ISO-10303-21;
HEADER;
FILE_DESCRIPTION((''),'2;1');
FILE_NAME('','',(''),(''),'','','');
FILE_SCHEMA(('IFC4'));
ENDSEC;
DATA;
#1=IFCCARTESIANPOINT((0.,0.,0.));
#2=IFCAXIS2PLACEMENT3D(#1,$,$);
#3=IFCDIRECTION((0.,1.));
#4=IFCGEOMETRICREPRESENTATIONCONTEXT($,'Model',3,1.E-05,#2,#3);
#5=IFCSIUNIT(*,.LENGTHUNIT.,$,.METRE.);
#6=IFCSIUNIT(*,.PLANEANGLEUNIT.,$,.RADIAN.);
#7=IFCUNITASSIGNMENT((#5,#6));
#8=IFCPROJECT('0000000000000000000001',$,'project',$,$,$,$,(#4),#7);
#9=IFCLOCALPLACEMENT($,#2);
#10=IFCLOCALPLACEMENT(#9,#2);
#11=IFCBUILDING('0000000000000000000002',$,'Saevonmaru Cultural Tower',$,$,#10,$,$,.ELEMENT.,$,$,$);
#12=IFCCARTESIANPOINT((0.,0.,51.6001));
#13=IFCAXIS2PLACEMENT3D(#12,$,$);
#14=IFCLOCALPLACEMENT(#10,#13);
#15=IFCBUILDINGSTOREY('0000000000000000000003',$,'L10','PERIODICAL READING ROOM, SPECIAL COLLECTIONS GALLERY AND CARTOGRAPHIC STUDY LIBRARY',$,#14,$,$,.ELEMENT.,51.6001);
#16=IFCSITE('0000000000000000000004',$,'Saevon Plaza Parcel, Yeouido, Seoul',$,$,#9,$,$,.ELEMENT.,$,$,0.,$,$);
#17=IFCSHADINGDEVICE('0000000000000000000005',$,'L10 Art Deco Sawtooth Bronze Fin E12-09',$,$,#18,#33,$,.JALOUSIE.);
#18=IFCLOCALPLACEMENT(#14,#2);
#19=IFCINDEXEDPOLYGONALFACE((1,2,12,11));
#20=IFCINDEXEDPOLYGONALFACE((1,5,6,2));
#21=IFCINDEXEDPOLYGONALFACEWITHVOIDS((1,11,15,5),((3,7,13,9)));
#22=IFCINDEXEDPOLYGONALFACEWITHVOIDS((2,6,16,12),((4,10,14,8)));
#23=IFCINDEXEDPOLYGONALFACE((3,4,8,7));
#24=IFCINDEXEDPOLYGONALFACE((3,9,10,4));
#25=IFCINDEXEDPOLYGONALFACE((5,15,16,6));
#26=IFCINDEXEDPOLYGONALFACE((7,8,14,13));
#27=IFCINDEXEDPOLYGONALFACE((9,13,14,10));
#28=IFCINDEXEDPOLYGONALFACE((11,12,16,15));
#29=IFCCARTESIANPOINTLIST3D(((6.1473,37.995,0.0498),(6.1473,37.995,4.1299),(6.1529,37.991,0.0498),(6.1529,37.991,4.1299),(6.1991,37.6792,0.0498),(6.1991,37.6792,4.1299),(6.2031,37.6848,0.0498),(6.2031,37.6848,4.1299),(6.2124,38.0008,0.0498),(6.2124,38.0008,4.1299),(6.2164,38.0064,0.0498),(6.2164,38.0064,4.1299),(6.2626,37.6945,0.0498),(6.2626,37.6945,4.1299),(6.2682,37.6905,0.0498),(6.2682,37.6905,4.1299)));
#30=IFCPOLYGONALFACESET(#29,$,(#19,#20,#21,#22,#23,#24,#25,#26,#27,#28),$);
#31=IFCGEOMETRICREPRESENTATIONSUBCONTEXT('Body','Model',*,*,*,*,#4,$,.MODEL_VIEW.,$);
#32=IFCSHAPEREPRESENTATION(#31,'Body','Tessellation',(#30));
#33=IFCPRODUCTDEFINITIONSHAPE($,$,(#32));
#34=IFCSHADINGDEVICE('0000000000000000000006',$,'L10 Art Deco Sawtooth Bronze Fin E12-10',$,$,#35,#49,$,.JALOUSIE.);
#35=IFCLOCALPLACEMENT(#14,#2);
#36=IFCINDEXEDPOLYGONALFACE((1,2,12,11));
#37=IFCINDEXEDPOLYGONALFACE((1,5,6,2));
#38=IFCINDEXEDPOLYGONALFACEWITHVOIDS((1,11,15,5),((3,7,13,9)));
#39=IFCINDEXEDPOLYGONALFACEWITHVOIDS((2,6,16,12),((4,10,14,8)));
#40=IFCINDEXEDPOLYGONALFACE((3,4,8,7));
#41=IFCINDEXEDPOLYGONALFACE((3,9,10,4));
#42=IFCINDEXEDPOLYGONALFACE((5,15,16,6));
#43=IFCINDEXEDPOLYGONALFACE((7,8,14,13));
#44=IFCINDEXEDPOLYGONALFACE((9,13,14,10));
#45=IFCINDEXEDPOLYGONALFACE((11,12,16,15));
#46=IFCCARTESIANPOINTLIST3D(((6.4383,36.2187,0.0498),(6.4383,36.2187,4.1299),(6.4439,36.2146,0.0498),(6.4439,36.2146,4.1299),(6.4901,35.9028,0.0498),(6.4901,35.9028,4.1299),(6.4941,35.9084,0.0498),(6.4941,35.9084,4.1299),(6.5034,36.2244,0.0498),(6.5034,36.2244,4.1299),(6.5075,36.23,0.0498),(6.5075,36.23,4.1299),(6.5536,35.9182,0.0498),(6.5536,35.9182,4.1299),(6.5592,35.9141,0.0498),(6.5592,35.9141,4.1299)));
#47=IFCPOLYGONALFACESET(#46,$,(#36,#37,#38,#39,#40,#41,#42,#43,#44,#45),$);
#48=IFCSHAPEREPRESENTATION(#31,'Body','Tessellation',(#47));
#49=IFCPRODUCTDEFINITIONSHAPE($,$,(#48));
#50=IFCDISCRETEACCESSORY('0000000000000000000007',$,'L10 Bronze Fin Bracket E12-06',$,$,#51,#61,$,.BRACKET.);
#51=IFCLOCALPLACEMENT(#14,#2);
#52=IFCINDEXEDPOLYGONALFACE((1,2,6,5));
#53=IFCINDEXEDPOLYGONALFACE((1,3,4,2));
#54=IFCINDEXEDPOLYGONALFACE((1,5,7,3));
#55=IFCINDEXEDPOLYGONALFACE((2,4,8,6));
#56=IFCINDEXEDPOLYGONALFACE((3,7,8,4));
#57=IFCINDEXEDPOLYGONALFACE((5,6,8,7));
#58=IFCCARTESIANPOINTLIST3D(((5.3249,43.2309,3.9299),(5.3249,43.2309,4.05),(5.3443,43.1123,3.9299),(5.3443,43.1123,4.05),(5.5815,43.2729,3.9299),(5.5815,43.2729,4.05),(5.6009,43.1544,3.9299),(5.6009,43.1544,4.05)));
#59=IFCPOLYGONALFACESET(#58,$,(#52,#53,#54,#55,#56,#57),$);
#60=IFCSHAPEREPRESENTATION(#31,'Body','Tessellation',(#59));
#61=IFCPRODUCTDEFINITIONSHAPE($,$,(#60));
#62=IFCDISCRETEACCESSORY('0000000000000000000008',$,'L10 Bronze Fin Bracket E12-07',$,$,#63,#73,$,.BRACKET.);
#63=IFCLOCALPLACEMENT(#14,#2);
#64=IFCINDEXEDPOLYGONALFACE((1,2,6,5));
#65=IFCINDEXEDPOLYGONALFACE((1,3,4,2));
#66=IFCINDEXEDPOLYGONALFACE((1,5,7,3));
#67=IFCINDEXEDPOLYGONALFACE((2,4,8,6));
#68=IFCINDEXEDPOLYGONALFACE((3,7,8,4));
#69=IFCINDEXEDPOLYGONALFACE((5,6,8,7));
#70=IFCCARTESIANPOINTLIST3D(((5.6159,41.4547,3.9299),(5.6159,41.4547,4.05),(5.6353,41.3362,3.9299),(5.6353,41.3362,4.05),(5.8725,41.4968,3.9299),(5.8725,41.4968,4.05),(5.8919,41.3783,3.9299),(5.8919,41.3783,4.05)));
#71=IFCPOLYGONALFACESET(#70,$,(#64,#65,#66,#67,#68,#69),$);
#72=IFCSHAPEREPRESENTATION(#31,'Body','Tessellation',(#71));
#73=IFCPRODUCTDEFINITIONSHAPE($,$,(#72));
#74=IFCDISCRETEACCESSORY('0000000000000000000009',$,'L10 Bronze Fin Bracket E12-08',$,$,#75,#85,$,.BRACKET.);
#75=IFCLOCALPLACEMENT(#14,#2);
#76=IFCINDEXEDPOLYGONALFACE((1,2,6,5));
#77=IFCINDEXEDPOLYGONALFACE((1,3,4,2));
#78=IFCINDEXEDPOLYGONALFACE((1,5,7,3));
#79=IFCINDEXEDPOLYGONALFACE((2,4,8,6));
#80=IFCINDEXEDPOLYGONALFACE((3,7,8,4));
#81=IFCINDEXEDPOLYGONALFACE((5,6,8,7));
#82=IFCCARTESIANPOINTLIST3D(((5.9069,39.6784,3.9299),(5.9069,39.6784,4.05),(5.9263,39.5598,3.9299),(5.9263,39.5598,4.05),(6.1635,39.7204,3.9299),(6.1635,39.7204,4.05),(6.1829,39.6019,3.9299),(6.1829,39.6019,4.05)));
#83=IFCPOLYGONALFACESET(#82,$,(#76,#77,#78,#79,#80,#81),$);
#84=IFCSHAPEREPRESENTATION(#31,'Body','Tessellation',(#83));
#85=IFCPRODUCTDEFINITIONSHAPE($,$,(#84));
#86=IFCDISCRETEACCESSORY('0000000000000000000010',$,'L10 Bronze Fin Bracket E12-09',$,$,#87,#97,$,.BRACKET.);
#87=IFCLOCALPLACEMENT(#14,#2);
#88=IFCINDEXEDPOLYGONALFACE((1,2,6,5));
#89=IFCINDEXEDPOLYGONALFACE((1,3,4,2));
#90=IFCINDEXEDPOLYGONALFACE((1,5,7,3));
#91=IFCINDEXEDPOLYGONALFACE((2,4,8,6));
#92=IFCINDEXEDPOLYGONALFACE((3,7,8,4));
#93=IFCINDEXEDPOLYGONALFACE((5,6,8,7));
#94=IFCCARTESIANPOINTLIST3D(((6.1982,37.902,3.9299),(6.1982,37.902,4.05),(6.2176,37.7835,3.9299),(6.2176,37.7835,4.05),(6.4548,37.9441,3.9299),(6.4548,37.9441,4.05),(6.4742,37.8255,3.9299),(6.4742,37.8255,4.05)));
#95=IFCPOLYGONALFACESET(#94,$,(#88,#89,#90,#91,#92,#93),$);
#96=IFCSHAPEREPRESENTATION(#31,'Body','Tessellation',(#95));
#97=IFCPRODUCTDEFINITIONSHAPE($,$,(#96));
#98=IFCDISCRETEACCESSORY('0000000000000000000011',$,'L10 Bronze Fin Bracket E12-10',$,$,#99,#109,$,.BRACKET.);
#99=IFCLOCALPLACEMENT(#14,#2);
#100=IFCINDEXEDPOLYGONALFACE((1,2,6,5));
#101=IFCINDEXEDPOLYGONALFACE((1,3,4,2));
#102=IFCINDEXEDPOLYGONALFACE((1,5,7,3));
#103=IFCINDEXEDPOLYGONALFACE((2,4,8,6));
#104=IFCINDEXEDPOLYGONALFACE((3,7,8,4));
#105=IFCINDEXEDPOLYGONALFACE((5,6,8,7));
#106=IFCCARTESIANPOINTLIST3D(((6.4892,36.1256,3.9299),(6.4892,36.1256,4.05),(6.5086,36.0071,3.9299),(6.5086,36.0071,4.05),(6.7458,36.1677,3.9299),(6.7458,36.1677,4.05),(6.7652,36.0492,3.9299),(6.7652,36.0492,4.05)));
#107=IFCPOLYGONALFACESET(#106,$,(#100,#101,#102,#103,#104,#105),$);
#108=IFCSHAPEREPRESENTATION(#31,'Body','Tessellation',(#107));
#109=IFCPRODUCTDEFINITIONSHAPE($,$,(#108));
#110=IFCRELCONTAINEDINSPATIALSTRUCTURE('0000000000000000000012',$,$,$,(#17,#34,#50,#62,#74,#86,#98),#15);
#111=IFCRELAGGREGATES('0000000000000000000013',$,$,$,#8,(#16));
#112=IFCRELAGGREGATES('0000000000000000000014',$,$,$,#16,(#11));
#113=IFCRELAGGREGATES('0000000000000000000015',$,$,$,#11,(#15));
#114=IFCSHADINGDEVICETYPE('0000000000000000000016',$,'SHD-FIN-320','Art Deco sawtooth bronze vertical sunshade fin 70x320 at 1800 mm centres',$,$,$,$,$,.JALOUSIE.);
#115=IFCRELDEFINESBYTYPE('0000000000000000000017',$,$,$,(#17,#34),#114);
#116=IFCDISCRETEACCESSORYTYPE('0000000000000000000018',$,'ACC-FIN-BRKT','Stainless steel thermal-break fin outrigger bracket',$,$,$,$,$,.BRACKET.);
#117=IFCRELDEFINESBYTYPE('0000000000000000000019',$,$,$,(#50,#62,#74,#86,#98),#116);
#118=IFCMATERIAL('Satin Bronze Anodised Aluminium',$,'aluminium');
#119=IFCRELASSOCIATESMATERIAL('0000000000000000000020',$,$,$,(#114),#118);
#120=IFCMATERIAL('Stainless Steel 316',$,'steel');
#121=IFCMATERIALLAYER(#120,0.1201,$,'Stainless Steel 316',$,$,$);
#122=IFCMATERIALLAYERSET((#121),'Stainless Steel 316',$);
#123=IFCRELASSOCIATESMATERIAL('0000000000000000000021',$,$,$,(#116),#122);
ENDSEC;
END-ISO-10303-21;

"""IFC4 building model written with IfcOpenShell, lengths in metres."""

from ifc_helpers import new_model, si_unit, direction, frame, origin, origin_2d, place, context, subcontext, project, spatial, rectangle, hollow_rectangle, extrude, material, layer, layer_set, material_profile, profile_set, type_object, element, save


model = new_model("IFC4")

# Units and contexts
model_context = context("Model", 3, precision=1e-05, world=origin(), true_north=direction((0.0, 1.0)))
body_context = subcontext(model_context, "Body", "Model", "MODEL_VIEW")
ifc_project = project(units=[si_unit("LENGTHUNIT", "METRE"), si_unit("PLANEANGLEUNIT", "RADIAN")], contexts=[model_context])

# Site, building, storey
site_placement = place(None, origin())
site = spatial("IfcSite", under=ifc_project, at=site_placement, Name="Saevon Plaza Parcel, Yeouido, Seoul", CompositionType="ELEMENT", RefElevation=0.0)
building_placement = place(site_placement, origin())
building = spatial("IfcBuilding", under=site, at=building_placement, Name="Saevonmaru Cultural Tower", CompositionType="ELEMENT")
storey_placement = place(building_placement, frame((0.0, 0.0, 51.6001)))
storey = spatial("IfcBuildingStorey", under=building, at=storey_placement, Name="L10", Description="PERIODICAL READING ROOM, SPECIAL COLLECTIONS GALLERY AND CARTOGRAPHIC STUDY LIBRARY", CompositionType="ELEMENT", Elevation=51.6001)

# Shared definitions
ifc_material_1 = material(Name="Satin Bronze Anodised Aluminium", Category="aluminium")

# Shading devices
ifc_material_profile_1 = material_profile(ifc_material_1, hollow_rectangle(XDim=0.0701, YDim=0.3201, WallThickness=0.0049, at=origin_2d()), Name="FIN-320x70")
ifc_profile_set_1 = profile_set([ifc_material_profile_1], Name="Satin Bronze Anodised Aluminium")
shading_device_type = type_object("IfcShadingDeviceType", Name="SHD-FIN-320", Description="Art Deco sawtooth bronze vertical sunshade fin 70x320 at 1800 mm centres", PredefinedType="JALOUSIE", material=ifc_profile_set_1)
for number, where, z_axis, x_axis, name in (
    (1, (6.2078, 37.8428, 0.0498), (0.0, 0.0, 1.0), (-0.986827, -0.161776, 0.0), "L10 Art Deco Sawtooth Bronze Fin E12-09"),
    (2, (6.4988, 36.0664, 0.0498), (0.0, 0.0, 1.0), (-0.986827, -0.161776, 0.0), "L10 Art Deco Sawtooth Bronze Fin E12-10"),
):
    element("IfcShadingDevice", number, at=place(storey_placement, frame(where, z_axis=z_axis, x_axis=x_axis)), inside=storey, type_object=shading_device_type, Name=name, PredefinedType="JALOUSIE", context=body_context, shape_type="SweptSolid", body=[
        extrude(hollow_rectangle(XDim=0.0701, YDim=0.3201, WallThickness=0.0049, at=origin_2d()), origin(), (0.0, 0.0, 1.0), 4.0801),
    ])

# Discrete accessories
ifc_material_2 = material(Name="Stainless Steel 316", Category="steel")
ifc_layer_1 = layer(ifc_material_2, 0.1201, Name="Stainless Steel 316")
ifc_layer_set_1 = layer_set([ifc_layer_1], Name="Stainless Steel 316")
discrete_accessory_type = type_object("IfcDiscreteAccessoryType", Name="ACC-FIN-BRKT", Description="Stainless steel thermal-break fin outrigger bracket", PredefinedType="BRACKET", material=ifc_layer_set_1)
for number, where, z_axis, x_axis, name in (
    (3, (5.4629, 43.1926, 3.9299), (0.0, 0.0, 1.0), (-0.986827, -0.161776, 0.0), "L10 Bronze Fin Bracket E12-06"),
    (4, (5.7539, 41.4165, 3.9299), (0.0, 0.0, 1.0), (-0.986827, -0.161776, 0.0), "L10 Bronze Fin Bracket E12-07"),
    (5, (6.0449, 39.6401, 3.9299), (0.0, 0.0, 1.0), (-0.986827, -0.161776, 0.0), "L10 Bronze Fin Bracket E12-08"),
    (6, (6.3362, 37.8638, 3.9299), (0.0, 0.0, 1.0), (-0.986827, -0.161776, 0.0), "L10 Bronze Fin Bracket E12-09"),
    (7, (6.6272, 36.0874, 3.9299), (0.0, 0.0, 1.0), (-0.986827, -0.161776, 0.0), "L10 Bronze Fin Bracket E12-10"),
):
    element("IfcDiscreteAccessory", number, at=place(storey_placement, frame(where, z_axis=z_axis, x_axis=x_axis)), inside=storey, type_object=discrete_accessory_type, Name=name, PredefinedType="BRACKET", context=body_context, shape_type="SweptSolid", body=[
        extrude(rectangle(XDim=0.26, YDim=0.1201, at=origin_2d()), origin(), (0.0, 0.0, 1.0), 0.1201),
    ])

save(model, "model.ifc")
